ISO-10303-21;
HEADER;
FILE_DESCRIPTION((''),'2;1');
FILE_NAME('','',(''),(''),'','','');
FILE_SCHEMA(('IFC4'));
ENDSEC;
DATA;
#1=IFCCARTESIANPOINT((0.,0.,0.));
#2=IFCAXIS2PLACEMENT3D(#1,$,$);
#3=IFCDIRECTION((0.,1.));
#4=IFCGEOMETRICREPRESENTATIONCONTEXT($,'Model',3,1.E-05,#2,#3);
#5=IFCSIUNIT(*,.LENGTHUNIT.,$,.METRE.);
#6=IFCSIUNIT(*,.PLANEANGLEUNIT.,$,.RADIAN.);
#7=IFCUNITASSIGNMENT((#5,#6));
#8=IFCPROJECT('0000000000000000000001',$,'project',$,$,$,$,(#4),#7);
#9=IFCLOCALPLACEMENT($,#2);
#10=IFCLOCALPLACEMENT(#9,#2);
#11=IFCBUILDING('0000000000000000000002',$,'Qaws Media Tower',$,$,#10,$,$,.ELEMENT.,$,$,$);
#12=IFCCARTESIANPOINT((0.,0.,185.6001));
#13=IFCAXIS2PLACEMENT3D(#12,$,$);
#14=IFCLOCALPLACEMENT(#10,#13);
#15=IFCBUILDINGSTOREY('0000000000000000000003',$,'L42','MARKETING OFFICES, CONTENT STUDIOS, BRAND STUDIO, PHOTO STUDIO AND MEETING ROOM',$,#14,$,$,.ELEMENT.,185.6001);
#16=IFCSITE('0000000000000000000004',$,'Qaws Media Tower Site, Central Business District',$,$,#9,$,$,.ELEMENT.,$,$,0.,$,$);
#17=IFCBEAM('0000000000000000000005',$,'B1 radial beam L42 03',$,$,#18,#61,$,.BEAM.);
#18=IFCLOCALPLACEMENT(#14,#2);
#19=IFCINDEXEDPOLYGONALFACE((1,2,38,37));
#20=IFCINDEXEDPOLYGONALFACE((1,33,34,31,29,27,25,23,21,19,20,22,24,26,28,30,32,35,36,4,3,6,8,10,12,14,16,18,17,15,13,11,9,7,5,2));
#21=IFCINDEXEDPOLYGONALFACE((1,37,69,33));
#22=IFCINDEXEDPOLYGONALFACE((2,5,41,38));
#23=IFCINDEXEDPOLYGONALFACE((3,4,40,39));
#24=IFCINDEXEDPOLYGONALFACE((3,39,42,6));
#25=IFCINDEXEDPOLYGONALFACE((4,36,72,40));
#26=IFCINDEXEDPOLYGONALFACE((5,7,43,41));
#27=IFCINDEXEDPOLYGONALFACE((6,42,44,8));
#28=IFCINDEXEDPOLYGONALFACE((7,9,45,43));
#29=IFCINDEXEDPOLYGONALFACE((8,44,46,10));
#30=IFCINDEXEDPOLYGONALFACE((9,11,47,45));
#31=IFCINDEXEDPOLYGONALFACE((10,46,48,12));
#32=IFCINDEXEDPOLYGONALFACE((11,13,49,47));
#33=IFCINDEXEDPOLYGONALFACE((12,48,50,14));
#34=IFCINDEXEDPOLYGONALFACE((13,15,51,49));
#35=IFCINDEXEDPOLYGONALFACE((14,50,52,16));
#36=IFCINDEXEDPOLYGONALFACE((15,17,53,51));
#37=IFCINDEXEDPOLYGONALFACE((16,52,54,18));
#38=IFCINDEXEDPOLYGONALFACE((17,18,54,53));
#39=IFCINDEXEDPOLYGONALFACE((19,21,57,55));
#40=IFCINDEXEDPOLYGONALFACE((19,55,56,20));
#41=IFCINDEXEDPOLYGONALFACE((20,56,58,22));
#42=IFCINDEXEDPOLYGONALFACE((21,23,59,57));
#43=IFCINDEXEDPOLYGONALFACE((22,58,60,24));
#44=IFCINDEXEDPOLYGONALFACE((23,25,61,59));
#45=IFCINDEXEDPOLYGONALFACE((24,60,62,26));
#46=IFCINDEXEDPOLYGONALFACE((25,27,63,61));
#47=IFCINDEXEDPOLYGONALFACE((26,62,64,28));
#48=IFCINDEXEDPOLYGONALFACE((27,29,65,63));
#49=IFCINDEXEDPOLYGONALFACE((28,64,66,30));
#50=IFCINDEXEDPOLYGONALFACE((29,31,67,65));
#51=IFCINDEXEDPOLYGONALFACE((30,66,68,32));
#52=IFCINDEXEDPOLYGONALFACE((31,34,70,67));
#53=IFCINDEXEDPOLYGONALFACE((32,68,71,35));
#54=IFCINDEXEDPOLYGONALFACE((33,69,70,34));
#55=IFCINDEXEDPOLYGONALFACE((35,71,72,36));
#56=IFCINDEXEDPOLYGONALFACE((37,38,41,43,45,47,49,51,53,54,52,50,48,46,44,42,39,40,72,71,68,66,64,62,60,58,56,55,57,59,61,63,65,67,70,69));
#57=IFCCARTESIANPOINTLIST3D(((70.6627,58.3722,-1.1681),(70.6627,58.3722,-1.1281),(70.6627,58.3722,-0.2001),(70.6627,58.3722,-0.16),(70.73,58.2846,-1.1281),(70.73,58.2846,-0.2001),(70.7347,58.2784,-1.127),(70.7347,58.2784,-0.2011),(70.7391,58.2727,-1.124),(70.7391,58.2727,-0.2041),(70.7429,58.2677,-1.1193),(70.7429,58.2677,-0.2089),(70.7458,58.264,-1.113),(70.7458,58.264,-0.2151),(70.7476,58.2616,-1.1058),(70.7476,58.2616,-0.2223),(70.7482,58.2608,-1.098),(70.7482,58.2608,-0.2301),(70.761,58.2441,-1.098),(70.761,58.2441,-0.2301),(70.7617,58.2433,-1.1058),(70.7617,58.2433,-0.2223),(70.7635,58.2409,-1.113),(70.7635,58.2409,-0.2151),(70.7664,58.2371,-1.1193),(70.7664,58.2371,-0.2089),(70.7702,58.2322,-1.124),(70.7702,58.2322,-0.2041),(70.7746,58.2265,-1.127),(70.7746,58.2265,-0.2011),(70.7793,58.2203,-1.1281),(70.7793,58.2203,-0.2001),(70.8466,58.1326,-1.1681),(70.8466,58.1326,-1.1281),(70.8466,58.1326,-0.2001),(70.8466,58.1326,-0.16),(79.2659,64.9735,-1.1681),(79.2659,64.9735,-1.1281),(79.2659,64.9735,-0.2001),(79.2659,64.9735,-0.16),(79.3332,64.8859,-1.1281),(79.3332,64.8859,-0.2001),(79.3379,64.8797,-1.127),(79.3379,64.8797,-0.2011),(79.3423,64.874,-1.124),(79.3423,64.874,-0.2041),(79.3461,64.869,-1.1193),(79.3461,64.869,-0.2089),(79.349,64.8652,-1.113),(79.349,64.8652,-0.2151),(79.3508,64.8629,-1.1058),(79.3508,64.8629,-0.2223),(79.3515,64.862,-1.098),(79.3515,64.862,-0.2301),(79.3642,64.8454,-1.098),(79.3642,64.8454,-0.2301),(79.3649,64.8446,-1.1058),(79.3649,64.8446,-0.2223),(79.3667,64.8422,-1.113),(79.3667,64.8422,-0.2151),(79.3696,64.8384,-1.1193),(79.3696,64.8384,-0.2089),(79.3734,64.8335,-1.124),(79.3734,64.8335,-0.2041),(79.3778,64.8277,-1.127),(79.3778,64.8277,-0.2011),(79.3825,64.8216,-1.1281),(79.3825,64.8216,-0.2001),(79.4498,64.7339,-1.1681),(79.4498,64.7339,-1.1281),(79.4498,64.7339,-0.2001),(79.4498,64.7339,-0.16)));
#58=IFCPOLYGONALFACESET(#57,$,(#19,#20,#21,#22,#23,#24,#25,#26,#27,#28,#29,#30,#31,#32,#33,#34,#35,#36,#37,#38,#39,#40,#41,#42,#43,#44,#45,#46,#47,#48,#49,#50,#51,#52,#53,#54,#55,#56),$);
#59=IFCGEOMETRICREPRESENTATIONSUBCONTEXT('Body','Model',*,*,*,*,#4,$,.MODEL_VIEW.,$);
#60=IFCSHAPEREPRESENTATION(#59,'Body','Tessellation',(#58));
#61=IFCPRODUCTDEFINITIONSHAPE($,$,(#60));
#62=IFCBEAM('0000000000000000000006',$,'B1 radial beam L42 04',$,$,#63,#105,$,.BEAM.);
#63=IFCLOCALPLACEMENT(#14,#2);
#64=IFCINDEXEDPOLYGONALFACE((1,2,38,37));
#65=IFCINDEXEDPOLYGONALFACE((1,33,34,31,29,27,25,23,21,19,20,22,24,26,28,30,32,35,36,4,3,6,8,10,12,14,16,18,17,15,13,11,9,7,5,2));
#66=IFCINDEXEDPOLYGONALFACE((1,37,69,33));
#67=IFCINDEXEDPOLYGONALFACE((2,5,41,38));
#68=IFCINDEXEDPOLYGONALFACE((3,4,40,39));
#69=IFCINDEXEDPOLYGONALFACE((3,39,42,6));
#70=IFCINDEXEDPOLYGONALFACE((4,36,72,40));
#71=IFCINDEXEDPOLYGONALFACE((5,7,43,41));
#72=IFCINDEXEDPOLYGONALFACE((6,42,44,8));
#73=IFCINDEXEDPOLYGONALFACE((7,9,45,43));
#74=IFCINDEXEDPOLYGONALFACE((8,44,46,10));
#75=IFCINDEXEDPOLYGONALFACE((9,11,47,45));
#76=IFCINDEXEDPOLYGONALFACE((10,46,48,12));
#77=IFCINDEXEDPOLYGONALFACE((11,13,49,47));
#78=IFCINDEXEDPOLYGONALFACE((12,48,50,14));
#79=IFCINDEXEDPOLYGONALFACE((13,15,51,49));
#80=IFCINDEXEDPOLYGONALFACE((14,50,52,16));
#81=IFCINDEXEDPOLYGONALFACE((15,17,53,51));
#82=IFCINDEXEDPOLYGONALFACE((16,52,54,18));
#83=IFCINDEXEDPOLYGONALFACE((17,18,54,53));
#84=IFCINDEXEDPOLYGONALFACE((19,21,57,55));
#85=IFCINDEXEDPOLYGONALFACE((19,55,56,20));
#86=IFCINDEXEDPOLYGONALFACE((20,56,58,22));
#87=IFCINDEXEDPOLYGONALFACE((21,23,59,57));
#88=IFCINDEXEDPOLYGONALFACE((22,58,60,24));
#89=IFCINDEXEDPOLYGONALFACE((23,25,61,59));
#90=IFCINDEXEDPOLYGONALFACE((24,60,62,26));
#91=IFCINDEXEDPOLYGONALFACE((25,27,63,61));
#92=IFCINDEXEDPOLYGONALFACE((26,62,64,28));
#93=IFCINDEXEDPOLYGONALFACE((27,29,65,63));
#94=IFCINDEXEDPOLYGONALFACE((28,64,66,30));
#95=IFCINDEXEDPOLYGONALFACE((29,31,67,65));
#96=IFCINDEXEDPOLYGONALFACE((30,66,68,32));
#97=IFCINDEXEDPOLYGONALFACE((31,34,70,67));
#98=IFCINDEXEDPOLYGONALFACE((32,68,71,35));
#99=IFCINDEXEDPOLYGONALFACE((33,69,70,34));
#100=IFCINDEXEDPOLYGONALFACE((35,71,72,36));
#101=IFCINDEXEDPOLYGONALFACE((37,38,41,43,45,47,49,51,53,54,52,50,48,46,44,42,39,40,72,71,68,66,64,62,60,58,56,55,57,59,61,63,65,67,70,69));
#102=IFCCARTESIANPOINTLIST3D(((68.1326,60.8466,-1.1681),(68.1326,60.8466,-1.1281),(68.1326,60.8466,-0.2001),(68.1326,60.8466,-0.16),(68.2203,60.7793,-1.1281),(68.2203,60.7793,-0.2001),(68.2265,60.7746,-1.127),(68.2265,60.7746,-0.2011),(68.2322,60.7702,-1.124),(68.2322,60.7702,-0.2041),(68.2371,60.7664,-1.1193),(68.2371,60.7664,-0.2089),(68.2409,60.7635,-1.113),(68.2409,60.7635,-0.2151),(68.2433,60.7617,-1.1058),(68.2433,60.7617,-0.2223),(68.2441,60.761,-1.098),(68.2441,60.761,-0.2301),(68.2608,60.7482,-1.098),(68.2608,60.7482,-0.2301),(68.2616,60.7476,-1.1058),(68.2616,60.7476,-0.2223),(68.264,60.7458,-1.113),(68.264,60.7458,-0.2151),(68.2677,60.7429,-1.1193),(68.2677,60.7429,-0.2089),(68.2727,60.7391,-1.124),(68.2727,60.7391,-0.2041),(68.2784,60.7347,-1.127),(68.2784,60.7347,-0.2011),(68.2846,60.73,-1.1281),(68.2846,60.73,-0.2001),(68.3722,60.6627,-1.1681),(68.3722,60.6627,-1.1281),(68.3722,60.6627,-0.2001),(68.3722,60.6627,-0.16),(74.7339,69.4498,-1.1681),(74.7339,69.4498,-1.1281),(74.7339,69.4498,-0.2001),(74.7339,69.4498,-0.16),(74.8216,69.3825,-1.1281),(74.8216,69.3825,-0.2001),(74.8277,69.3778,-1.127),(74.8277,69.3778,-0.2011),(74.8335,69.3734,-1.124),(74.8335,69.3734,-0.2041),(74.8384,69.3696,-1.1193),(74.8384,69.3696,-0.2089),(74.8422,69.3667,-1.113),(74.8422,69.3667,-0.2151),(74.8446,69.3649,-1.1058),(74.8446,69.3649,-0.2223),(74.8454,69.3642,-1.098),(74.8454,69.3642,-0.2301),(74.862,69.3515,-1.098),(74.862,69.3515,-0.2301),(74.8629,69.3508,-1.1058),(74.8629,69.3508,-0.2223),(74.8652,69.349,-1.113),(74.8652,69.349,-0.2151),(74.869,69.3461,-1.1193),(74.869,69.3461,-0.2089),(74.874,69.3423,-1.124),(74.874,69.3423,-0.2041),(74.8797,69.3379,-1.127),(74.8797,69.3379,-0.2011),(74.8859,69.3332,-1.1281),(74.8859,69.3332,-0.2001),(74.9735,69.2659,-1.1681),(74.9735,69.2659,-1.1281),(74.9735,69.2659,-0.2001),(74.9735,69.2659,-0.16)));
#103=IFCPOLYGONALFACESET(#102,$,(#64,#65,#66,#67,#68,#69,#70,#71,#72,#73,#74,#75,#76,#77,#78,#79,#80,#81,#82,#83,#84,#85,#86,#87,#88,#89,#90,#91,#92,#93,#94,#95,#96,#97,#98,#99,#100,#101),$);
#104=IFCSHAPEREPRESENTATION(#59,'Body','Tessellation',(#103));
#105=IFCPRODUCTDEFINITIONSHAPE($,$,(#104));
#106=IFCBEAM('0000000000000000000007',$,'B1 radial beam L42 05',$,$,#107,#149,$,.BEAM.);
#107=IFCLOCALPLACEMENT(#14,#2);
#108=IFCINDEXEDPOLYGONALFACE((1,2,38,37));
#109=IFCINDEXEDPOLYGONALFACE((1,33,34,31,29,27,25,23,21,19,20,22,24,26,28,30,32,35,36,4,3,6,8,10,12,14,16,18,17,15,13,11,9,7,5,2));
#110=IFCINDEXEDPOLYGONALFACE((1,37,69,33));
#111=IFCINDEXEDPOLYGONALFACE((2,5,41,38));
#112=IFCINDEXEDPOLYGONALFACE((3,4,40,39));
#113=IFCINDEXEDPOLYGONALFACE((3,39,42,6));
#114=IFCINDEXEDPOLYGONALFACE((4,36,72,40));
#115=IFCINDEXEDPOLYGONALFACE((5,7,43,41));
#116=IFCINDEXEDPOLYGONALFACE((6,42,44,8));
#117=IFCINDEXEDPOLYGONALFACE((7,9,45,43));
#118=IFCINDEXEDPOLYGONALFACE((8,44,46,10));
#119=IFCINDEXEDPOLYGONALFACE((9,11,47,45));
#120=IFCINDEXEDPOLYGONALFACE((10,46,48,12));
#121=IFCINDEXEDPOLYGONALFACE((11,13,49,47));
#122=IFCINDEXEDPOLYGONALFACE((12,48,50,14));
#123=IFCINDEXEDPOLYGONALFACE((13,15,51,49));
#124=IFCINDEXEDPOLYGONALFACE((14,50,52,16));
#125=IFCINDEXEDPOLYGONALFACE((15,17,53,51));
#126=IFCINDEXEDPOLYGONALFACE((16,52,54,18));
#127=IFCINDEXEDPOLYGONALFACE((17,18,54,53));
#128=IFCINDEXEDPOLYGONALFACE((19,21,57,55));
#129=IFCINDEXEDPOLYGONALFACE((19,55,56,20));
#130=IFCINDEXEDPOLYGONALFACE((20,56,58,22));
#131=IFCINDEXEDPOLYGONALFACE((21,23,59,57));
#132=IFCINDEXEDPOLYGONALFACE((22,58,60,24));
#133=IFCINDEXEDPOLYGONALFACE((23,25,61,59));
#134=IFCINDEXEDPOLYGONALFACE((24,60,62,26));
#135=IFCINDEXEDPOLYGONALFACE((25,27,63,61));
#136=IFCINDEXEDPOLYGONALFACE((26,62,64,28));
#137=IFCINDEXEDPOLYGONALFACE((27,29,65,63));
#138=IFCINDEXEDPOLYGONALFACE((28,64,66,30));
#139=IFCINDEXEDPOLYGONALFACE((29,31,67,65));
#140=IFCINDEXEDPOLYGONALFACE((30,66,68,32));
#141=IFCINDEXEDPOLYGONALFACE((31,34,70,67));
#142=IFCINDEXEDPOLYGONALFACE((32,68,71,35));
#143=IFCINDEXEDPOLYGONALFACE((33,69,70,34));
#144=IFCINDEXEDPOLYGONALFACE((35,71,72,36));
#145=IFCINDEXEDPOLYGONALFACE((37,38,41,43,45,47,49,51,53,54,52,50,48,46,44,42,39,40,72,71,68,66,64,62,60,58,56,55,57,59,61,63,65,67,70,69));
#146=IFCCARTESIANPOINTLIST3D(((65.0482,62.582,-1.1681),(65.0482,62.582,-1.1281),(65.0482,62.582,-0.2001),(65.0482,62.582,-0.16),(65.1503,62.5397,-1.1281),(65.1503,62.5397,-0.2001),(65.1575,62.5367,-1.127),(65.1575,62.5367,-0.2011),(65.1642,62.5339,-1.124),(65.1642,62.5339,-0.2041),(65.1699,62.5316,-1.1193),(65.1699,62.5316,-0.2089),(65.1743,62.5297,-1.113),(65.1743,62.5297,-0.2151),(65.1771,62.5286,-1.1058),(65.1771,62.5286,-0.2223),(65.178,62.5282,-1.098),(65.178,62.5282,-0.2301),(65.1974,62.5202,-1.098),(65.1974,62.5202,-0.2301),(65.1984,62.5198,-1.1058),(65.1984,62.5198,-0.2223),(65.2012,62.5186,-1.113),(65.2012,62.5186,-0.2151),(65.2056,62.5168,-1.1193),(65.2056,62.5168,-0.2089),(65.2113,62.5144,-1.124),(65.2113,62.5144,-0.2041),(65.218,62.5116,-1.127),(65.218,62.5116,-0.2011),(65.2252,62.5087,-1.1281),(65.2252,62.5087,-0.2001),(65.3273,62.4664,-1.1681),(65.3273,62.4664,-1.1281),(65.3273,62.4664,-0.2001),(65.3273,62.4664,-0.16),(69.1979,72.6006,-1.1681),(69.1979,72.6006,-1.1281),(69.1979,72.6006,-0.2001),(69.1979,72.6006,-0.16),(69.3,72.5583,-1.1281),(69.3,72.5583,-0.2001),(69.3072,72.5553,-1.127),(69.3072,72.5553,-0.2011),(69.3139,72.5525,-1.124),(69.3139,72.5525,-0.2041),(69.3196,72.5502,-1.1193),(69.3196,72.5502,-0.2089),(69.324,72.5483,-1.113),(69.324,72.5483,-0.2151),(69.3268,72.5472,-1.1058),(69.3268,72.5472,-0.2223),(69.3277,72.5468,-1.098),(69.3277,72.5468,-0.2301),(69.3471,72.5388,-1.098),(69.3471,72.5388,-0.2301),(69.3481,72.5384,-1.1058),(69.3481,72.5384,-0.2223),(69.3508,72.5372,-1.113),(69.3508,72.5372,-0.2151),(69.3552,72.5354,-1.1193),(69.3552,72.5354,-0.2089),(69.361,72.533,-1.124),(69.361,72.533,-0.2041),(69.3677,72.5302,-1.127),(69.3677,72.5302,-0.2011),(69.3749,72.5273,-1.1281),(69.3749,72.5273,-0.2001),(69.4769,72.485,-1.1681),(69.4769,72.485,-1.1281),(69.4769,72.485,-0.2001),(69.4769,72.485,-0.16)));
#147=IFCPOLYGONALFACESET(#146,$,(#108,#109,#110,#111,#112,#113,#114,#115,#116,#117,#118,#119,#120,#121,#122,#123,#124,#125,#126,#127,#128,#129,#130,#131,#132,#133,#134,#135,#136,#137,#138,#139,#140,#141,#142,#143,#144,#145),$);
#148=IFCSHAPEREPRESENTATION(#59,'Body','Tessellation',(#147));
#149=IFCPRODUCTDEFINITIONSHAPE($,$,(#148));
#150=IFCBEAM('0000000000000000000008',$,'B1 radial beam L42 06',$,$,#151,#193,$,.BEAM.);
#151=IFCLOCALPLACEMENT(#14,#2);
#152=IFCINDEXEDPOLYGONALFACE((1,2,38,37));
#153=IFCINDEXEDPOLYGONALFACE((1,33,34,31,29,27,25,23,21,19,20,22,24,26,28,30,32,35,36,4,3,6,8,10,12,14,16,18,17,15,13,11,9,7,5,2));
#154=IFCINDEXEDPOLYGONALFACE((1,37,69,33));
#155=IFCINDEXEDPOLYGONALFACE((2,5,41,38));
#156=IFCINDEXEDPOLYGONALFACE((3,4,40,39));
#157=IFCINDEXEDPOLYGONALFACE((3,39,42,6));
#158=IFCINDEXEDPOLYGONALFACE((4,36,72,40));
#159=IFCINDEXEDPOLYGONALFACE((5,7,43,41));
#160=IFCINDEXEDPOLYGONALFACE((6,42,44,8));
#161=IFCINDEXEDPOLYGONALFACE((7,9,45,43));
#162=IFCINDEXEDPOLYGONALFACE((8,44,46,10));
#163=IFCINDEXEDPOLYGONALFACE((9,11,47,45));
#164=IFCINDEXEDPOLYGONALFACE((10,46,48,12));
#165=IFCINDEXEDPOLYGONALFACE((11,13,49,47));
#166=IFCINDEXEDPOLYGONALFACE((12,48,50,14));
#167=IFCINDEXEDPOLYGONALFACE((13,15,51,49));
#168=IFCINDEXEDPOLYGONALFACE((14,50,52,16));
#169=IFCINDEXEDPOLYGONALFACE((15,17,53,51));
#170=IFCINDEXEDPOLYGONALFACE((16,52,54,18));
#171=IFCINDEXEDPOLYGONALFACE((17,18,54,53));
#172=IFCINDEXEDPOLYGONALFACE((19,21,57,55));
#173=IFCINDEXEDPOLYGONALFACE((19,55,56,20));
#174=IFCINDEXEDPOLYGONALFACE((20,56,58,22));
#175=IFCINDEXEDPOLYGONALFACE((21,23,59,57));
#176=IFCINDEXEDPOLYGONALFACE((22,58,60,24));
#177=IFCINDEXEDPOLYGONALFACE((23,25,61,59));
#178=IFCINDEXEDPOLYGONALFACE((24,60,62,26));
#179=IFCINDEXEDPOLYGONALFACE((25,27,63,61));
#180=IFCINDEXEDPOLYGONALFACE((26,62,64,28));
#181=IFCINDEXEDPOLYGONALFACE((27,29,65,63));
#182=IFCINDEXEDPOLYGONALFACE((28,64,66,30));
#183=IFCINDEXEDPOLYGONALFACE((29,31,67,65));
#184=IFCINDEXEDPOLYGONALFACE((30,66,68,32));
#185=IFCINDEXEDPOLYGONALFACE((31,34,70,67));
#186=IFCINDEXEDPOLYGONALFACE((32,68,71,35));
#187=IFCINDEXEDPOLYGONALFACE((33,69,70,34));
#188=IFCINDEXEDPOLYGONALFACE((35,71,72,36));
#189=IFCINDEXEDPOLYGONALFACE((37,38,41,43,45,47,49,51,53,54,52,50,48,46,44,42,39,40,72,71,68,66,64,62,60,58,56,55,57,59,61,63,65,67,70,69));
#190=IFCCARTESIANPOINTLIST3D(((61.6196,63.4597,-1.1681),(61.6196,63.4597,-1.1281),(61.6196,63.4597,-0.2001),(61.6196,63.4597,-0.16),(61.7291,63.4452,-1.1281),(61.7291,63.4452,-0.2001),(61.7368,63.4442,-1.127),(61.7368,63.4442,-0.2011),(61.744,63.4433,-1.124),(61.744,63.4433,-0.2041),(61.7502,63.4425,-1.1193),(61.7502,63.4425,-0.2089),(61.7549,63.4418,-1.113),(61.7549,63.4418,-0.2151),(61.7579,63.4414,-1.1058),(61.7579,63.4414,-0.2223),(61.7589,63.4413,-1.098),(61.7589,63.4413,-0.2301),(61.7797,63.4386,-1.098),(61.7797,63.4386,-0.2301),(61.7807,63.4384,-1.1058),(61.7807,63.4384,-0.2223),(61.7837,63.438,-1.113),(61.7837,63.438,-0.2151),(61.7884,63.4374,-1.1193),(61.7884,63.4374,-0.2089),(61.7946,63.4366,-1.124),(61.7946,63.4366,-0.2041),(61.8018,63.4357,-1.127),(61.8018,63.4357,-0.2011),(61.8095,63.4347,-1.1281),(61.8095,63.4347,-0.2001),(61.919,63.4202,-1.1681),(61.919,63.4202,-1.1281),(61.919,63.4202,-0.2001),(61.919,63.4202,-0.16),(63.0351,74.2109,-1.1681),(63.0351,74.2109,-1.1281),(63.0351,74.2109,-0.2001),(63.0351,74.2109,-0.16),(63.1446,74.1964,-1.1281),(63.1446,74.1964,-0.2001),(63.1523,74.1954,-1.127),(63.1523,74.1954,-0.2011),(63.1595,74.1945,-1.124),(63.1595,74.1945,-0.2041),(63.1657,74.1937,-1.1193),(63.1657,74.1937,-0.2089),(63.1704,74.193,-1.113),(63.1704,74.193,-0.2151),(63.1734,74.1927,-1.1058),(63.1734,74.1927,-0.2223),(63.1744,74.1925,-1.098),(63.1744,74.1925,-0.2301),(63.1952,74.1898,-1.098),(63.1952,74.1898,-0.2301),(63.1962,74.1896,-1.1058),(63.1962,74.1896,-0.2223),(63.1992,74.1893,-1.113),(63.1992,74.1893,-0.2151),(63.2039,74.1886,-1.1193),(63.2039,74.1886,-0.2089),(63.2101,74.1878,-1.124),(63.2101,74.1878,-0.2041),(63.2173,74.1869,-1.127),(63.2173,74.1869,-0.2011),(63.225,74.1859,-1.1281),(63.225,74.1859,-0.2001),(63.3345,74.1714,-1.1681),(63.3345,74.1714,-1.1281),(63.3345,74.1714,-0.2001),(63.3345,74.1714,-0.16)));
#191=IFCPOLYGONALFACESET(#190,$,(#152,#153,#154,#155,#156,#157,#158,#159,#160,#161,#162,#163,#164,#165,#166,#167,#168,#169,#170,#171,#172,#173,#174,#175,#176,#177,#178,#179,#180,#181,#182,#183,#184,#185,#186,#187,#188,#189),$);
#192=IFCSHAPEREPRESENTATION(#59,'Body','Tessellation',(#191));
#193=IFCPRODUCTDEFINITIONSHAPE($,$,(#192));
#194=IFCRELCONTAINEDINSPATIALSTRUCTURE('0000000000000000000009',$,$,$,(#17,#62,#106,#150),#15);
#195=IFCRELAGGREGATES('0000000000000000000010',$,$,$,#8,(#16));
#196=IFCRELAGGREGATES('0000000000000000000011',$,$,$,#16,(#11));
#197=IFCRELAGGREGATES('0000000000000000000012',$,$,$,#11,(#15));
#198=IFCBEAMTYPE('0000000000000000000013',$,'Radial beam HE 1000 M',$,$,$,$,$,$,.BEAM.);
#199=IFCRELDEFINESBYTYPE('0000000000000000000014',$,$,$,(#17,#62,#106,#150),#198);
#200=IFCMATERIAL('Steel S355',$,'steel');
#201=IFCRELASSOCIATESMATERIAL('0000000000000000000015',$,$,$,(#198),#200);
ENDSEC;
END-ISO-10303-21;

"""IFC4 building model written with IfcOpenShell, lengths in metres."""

from ifc_helpers import new_model, si_unit, direction, frame, origin, origin_2d, place, context, subcontext, project, spatial, i_section, extrude, material, material_profile, profile_set, type_object, element, save


model = new_model("IFC4")

# Units and contexts
model_context = context("Model", 3, precision=1e-05, world=origin(), true_north=direction((0.0, 1.0)))
body_context = subcontext(model_context, "Body", "Model", "MODEL_VIEW")
ifc_project = project(units=[si_unit("LENGTHUNIT", "METRE"), si_unit("PLANEANGLEUNIT", "RADIAN")], contexts=[model_context])

# Site, building, storey
site_placement = place(None, origin())
site = spatial("IfcSite", under=ifc_project, at=site_placement, Name="Qaws Media Tower Site, Central Business District", CompositionType="ELEMENT", RefElevation=0.0)
building_placement = place(site_placement, origin())
building = spatial("IfcBuilding", under=site, at=building_placement, Name="Qaws Media Tower", CompositionType="ELEMENT")
storey_placement = place(building_placement, frame((0.0, 0.0, 185.6001)))
storey = spatial("IfcBuildingStorey", under=building, at=storey_placement, Name="L42", Description="MARKETING OFFICES, CONTENT STUDIOS, BRAND STUDIO, PHOTO STUDIO AND MEETING ROOM", CompositionType="ELEMENT", Elevation=185.6001)

# Beams
ifc_material_1 = material(Name="Steel S355", Category="steel")
ifc_material_profile_1 = material_profile(ifc_material_1, i_section(OverallWidth=0.302, OverallDepth=1.0081, WebThickness=0.021, FlangeThickness=0.04, FilletRadius=0.03, at=origin_2d()), Name="HE 1000 M")
ifc_profile_set_1 = profile_set([ifc_material_profile_1], Name="Steel S355")
beam_type_1 = type_object("IfcBeamType", Name="Radial beam HE 1000 M", PredefinedType="BEAM", material=ifc_profile_set_1)
for number, where, z_axis, x_axis, name in (
    (1, (70.7546, 58.2524, -0.6641), (0.793362, 0.60875, 0.0), (-0.60875, 0.793362, 0.0), "B1 radial beam L42 03"),
    (2, (68.2524, 60.7546, -0.6641), (0.60875, 0.793362, 0.0), (-0.793362, 0.60875, 0.0), "B1 radial beam L42 04"),
    (3, (65.1877, 62.5242, -0.6641), (0.382671, 0.923885, 0.0), (-0.923885, 0.382671, 0.0), "B1 radial beam L42 05"),
    (4, (61.7693, 63.4399, -0.6641), (0.130535, 0.991444, 0.0), (-0.991444, 0.130535, 0.0), "B1 radial beam L42 06"),
):
    element("IfcBeam", number, at=place(storey_placement, frame(where, z_axis=z_axis, x_axis=x_axis)), inside=storey, type_object=beam_type_1, Name=name, PredefinedType="BEAM", context=body_context, shape_type="SweptSolid", body=[
        extrude(i_section(OverallWidth=0.302, OverallDepth=1.0081, WebThickness=0.021, FlangeThickness=0.04, FilletRadius=0.03, at=origin_2d()), origin(), (0.0, 0.0, 1.0), 10.844),
    ])

save(model, "model.ifc")
